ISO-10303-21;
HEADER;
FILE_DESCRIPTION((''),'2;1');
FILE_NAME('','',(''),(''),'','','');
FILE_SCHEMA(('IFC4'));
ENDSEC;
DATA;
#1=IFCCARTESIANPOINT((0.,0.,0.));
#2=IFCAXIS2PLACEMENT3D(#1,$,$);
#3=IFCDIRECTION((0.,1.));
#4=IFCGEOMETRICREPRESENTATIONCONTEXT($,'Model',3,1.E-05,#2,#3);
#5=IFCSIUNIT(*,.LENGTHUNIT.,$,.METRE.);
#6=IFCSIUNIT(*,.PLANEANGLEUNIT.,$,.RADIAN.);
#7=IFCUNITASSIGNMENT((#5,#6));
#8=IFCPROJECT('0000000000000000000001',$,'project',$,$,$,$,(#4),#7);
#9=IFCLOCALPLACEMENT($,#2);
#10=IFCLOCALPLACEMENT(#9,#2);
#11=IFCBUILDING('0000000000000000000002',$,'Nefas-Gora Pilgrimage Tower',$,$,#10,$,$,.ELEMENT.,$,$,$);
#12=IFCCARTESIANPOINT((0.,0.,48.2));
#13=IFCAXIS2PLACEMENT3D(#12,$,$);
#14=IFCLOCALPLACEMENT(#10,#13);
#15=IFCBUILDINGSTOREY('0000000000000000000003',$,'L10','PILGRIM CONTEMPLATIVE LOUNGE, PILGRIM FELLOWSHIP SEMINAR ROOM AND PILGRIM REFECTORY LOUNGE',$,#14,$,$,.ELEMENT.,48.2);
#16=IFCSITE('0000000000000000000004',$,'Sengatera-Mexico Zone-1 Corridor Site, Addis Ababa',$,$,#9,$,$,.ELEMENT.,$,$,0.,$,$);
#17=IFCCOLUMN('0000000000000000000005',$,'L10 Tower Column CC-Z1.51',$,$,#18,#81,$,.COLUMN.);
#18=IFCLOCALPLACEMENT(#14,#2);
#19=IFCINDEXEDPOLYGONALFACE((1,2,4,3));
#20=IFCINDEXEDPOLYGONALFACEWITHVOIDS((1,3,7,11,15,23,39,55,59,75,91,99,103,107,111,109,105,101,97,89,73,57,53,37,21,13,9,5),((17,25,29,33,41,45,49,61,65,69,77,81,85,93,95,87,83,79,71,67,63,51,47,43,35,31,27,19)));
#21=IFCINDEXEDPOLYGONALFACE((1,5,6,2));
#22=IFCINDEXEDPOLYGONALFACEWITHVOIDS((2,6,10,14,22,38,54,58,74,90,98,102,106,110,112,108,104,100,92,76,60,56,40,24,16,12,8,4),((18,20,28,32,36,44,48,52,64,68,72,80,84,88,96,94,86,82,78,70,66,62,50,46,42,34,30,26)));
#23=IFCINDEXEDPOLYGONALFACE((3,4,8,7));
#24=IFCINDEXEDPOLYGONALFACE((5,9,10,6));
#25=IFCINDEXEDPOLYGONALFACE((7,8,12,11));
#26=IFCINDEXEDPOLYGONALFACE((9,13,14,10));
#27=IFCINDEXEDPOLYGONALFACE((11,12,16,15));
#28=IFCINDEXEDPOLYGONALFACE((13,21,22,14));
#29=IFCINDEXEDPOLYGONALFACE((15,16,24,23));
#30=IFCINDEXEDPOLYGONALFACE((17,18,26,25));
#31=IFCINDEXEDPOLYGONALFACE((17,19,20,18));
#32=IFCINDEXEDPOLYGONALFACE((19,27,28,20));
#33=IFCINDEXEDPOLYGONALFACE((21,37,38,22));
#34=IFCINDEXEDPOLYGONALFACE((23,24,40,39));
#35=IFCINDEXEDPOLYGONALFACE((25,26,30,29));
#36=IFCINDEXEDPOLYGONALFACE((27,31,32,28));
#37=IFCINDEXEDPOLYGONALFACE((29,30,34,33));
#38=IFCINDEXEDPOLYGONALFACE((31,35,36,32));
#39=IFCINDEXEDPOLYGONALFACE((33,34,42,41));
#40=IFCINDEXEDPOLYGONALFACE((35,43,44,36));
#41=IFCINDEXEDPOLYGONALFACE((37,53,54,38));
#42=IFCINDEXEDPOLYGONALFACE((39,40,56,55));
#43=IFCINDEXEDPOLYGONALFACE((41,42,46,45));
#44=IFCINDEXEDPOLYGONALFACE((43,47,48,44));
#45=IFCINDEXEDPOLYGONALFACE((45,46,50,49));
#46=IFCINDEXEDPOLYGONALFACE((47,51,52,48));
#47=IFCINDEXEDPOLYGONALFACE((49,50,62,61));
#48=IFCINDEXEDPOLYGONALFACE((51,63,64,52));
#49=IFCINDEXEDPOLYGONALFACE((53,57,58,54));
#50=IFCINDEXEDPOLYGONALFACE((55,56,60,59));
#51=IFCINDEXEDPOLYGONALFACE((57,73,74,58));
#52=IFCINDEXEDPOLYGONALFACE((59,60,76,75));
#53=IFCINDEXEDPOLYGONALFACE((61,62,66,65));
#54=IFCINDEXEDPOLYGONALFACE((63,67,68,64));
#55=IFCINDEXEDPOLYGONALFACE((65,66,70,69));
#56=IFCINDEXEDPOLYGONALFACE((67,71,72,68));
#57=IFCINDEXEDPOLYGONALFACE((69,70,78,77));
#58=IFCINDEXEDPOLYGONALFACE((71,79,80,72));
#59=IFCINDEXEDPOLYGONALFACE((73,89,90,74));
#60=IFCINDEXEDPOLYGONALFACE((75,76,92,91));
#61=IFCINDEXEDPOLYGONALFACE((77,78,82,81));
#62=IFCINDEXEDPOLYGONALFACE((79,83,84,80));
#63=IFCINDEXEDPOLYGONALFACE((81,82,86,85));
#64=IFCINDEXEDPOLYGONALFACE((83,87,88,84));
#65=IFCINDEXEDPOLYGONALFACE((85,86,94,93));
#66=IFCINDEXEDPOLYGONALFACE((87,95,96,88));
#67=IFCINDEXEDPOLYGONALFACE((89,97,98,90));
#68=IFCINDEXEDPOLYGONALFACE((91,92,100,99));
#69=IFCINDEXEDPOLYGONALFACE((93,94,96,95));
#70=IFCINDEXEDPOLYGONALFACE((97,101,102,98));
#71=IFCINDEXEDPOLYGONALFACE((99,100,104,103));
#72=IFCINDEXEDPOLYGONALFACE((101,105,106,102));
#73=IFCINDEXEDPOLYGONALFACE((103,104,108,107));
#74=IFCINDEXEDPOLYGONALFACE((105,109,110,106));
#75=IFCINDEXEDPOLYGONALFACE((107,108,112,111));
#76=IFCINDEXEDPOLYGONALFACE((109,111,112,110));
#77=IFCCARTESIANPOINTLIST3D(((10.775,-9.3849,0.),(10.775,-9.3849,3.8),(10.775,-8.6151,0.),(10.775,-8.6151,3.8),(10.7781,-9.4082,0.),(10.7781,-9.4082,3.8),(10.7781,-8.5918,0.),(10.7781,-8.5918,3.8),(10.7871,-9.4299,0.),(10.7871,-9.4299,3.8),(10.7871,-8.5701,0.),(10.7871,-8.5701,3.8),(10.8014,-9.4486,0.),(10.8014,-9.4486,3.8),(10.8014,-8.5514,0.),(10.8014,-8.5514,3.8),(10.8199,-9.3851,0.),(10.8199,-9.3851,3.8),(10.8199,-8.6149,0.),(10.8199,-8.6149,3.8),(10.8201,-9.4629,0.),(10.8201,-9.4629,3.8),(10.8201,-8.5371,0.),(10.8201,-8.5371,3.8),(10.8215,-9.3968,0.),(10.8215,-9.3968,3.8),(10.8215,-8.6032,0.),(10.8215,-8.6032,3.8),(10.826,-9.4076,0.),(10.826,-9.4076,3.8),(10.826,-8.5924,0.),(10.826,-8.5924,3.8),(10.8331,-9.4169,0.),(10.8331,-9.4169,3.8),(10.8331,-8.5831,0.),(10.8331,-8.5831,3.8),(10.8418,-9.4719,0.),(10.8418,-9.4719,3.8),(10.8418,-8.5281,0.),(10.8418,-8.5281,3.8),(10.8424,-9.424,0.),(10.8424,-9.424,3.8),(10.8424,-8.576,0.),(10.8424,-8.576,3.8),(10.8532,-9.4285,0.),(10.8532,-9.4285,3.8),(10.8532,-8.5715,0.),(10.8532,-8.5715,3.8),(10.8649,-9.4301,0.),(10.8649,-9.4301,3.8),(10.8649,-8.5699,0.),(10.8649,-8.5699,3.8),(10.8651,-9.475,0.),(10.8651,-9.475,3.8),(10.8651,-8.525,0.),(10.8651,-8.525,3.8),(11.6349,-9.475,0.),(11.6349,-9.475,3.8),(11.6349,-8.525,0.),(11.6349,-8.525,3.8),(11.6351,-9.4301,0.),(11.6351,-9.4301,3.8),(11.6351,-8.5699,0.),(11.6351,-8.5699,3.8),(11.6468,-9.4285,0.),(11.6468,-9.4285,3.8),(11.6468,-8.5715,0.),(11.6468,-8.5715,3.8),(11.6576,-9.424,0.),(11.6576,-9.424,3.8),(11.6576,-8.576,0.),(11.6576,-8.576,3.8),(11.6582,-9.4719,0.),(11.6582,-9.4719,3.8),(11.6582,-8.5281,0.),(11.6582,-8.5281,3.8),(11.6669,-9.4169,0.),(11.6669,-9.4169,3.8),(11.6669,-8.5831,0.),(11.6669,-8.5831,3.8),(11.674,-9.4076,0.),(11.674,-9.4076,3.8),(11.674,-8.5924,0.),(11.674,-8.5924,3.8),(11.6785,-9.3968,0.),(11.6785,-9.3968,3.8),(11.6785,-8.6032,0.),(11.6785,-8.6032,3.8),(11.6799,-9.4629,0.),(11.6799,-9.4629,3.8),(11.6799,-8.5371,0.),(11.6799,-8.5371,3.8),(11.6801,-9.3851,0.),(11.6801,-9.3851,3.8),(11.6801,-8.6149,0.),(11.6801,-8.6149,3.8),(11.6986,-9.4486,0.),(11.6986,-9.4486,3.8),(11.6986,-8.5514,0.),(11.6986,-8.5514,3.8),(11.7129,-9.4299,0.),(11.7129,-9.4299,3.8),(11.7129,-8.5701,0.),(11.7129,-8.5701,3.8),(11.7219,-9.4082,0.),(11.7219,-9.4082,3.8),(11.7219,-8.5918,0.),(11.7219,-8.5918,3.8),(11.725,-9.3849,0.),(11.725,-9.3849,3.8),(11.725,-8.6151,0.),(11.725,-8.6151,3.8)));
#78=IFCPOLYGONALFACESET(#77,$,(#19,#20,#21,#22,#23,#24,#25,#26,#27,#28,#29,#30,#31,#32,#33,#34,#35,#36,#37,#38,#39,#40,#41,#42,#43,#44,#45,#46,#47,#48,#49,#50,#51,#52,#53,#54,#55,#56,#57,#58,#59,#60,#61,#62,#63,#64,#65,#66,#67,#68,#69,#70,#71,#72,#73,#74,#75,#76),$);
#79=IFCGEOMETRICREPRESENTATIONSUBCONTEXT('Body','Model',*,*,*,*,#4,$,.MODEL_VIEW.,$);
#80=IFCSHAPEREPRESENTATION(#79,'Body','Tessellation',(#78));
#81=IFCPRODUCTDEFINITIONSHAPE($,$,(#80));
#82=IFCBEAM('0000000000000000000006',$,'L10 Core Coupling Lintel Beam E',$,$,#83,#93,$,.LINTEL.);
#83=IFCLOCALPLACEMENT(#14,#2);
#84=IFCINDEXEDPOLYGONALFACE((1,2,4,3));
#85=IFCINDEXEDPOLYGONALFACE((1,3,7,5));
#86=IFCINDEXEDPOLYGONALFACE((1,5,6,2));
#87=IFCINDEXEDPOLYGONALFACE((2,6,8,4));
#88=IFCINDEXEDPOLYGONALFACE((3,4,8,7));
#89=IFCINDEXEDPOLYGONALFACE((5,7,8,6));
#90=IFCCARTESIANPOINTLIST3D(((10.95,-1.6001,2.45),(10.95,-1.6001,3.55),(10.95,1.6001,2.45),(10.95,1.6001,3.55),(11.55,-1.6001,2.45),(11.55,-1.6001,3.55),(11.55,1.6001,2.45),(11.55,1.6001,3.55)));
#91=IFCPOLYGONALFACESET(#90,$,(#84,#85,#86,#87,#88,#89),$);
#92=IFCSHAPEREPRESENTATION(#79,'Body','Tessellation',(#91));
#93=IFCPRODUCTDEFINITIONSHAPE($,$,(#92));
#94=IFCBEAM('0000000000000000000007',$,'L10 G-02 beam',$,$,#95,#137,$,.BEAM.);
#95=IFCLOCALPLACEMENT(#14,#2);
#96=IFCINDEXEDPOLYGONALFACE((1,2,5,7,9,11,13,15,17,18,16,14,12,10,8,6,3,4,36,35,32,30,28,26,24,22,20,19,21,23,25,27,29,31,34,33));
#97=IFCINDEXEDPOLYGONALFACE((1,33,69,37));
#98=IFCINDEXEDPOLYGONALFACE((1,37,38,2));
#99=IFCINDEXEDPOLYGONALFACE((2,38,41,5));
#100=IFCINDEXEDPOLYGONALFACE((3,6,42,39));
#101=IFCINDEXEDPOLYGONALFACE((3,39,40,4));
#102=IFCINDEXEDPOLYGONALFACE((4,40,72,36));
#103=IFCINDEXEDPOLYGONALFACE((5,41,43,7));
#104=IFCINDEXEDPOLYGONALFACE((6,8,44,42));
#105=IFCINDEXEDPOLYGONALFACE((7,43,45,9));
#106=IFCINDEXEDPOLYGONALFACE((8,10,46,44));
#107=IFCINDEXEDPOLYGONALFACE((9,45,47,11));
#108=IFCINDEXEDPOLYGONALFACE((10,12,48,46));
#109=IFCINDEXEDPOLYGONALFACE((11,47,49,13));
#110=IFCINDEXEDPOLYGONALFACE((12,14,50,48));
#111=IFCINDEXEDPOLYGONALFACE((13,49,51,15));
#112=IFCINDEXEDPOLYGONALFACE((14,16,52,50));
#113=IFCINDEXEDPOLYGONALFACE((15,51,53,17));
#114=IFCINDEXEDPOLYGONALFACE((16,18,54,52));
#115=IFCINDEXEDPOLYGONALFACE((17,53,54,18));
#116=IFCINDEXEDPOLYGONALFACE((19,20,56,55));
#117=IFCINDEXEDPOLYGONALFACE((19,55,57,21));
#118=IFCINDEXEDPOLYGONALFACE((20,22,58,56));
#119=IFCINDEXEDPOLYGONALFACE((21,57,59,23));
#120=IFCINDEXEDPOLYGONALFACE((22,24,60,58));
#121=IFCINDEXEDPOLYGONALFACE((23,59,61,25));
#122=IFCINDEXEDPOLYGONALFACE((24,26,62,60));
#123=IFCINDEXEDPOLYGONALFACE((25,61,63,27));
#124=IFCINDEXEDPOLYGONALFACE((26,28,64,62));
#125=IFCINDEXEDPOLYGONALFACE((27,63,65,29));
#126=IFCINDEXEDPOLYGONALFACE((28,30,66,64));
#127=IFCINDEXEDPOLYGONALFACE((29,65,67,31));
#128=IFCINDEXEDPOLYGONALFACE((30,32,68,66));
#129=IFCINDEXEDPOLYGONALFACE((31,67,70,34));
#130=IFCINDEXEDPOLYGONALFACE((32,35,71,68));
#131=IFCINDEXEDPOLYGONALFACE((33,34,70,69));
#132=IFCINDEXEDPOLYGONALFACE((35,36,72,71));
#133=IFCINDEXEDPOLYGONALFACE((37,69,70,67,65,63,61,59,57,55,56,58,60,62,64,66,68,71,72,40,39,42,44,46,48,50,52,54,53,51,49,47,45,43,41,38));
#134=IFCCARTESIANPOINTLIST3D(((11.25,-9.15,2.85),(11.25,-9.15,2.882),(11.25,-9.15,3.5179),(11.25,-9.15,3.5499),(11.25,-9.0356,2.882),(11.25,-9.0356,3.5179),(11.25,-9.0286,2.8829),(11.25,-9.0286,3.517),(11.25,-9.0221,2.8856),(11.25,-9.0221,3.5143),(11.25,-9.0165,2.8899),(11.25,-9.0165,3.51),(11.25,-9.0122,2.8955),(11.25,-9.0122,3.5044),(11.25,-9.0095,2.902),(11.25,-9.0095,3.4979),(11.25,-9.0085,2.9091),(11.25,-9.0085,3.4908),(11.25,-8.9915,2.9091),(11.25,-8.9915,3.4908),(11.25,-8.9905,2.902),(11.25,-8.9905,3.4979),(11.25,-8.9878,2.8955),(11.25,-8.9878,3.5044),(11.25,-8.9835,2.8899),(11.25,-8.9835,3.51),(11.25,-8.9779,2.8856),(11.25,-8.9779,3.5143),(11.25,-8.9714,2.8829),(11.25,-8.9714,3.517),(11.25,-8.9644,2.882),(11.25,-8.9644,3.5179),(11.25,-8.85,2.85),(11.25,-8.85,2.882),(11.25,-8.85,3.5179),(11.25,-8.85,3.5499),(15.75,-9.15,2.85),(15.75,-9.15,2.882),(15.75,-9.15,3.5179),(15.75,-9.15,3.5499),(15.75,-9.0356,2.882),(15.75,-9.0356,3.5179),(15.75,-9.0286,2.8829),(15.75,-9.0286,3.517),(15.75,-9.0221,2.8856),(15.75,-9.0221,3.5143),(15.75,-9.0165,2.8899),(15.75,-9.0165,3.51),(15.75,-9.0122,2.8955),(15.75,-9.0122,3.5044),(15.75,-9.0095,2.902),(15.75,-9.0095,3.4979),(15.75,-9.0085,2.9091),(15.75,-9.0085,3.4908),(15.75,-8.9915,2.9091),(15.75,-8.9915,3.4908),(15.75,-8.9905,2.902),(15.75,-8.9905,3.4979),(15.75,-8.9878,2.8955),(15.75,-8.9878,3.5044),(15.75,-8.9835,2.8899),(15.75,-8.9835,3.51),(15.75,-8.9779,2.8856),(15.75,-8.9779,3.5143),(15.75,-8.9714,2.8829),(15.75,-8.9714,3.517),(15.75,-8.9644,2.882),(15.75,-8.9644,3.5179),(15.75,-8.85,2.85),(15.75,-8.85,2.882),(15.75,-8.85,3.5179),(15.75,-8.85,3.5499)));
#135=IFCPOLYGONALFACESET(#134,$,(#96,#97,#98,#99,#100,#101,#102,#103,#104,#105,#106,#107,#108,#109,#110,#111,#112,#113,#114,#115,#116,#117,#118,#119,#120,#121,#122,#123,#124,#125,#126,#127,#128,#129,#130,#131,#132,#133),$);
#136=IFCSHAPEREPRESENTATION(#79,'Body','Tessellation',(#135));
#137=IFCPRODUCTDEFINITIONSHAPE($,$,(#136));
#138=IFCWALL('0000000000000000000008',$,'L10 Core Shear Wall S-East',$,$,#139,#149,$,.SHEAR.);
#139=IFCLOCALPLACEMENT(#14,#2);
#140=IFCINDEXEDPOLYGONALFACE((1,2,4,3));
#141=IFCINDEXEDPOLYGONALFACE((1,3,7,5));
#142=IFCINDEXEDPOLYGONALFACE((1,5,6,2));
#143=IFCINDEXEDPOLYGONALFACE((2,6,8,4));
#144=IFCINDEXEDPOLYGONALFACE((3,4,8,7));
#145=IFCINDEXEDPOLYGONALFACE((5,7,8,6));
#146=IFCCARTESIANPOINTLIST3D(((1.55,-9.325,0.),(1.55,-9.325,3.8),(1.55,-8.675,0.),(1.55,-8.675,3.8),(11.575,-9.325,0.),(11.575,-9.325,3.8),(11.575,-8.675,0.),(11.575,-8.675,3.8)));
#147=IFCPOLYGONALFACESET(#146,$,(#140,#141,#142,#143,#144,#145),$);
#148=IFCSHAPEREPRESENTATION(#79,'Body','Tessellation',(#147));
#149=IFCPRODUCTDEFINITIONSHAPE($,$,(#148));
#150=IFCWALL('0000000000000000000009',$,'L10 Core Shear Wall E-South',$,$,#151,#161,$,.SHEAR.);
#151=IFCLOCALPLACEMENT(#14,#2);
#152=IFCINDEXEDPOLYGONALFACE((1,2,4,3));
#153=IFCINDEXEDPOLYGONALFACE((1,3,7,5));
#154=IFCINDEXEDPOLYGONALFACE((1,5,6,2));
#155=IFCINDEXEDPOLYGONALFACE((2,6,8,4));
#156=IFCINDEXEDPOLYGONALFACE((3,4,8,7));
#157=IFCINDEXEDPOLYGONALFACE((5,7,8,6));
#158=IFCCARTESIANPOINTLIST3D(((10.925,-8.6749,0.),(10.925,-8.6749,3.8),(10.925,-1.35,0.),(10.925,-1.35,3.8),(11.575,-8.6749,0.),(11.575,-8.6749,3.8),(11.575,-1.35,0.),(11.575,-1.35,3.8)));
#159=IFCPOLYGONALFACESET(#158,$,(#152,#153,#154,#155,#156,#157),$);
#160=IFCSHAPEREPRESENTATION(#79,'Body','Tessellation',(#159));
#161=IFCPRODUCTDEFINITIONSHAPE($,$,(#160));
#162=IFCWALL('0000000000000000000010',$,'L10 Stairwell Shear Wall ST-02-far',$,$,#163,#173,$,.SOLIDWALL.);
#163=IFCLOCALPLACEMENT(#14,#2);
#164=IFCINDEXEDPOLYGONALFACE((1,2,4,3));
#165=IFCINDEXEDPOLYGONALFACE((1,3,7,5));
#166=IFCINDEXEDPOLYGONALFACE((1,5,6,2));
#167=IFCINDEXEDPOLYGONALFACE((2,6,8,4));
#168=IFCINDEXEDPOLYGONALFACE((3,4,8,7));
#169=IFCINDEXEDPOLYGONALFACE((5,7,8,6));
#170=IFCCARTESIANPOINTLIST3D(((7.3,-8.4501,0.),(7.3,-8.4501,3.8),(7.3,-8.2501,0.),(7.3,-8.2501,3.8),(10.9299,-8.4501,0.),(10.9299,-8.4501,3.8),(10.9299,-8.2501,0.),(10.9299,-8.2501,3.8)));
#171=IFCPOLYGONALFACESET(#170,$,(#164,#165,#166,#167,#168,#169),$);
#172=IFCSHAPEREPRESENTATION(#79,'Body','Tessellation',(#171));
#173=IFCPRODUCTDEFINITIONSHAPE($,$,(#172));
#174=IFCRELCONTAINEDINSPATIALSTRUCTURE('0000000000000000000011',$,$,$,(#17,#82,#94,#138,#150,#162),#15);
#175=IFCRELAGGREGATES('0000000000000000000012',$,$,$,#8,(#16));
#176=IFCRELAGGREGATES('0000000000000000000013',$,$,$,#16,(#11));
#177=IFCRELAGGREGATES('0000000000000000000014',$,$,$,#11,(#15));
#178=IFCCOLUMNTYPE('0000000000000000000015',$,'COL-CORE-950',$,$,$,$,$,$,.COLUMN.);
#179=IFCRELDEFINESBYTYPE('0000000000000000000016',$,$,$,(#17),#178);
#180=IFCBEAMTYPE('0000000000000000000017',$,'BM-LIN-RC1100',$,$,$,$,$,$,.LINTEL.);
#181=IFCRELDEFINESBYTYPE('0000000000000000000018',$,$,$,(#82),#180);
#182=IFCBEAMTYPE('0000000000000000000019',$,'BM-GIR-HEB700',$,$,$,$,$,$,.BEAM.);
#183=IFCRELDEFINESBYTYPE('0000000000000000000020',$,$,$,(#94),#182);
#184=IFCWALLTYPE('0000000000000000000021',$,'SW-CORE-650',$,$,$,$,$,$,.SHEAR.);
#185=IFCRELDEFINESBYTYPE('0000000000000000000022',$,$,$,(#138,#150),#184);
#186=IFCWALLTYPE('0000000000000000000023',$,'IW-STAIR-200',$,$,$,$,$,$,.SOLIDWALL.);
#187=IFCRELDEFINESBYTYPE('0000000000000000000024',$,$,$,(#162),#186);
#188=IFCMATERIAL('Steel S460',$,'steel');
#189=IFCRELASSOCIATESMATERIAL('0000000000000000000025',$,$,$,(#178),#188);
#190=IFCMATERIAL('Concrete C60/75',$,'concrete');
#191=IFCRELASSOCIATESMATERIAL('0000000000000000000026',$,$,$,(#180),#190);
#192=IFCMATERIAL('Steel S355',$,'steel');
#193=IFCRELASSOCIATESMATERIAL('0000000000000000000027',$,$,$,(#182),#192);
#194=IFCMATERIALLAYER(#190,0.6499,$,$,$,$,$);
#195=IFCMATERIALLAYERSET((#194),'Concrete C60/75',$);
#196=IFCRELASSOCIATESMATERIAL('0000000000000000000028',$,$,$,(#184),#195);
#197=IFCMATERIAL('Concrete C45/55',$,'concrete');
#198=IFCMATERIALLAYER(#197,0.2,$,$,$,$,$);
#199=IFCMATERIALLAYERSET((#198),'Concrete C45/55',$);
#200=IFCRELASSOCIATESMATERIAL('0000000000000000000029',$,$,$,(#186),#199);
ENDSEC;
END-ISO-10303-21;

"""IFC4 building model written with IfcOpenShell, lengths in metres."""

from ifc_helpers import new_model, si_unit, direction, frame, frame_2d, origin, origin_2d, place, context, subcontext, project, spatial, rectangle, hollow_rectangle, i_section, extrude, source, transform, mapped, material, layer, layer_set, material_profile, profile_set, type_object, element, save


model = new_model("IFC4")

# Units and contexts
model_context = context("Model", 3, precision=1e-05, world=origin(), true_north=direction((0.0, 1.0)))
body_context = subcontext(model_context, "Body", "Model", "MODEL_VIEW")
ifc_project = project(units=[si_unit("LENGTHUNIT", "METRE"), si_unit("PLANEANGLEUNIT", "RADIAN")], contexts=[model_context])

# Site, building, storey
site_placement = place(None, origin())
site = spatial("IfcSite", under=ifc_project, at=site_placement, Name="Sengatera-Mexico Zone-1 Corridor Site, Addis Ababa", CompositionType="ELEMENT", RefElevation=0.0)
building_placement = place(site_placement, origin())
building = spatial("IfcBuilding", under=site, at=building_placement, Name="Nefas-Gora Pilgrimage Tower", CompositionType="ELEMENT")
storey_placement = place(building_placement, frame((0.0, 0.0, 48.2)))
storey = spatial("IfcBuildingStorey", under=building, at=storey_placement, Name="L10", Description="PILGRIM CONTEMPLATIVE LOUNGE, PILGRIM FELLOWSHIP SEMINAR ROOM AND PILGRIM REFECTORY LOUNGE", CompositionType="ELEMENT", Elevation=48.2)

# Column
ifc_material_1 = material(Name="Steel S460", Category="steel")
ifc_material_profile_1 = material_profile(ifc_material_1, hollow_rectangle(XDim=0.95, YDim=0.95, WallThickness=0.0449, InnerFilletRadius=0.0449, OuterFilletRadius=0.0901, at=origin_2d()), Name="BOX 950x950x45")
ifc_profile_set_1 = profile_set([ifc_material_profile_1], Name="Steel S460")
column_type = type_object("IfcColumnType", Name="COL-CORE-950", PredefinedType="COLUMN", material=ifc_profile_set_1)
shared_shape_1 = source(origin(), body_context, "Body", "SweptSolid", [
    extrude(hollow_rectangle(XDim=0.95, YDim=0.95, WallThickness=0.0449, InnerFilletRadius=0.0449, OuterFilletRadius=0.0901, at=origin_2d()), origin(), (0.0, 0.0, 1.0), 3.8),
])
column_placement = place(storey_placement, frame((11.25, -9.0, 0.0), z_axis=(0.0, 0.0, 1.0), x_axis=(1.0, 0.0, 0.0)))
element("IfcColumn", 1, at=column_placement, inside=storey, type_object=column_type, Name="L10 Tower Column CC-Z1.51", PredefinedType="COLUMN", context=body_context, shape_type="MappedRepresentation", body=[
    mapped(shared_shape_1, transform((0.0, 0.0, 0.0), x_axis=(1.0, 0.0, 0.0), y_axis=(0.0, 1.0, 0.0), z_axis=(0.0, 0.0, 1.0), scale=1.0)),
])

# Beams
ifc_material_2 = material(Name="Concrete C60/75", Category="concrete")
ifc_material_profile_2 = material_profile(ifc_material_2, rectangle(XDim=0.6001, YDim=1.1001, at=origin_2d()), Name="RC 600x1100")
ifc_profile_set_2 = profile_set([ifc_material_profile_2], Name="Concrete C60/75")
beam_type_1 = type_object("IfcBeamType", Name="BM-LIN-RC1100", PredefinedType="LINTEL", material=ifc_profile_set_2)
shared_shape_2 = source(origin(), body_context, "Body", "SweptSolid", [
    extrude(rectangle(XDim=0.6001, YDim=1.1001, at=origin_2d()), origin(), (0.0, 0.0, 1.0), 3.2002),
])
beam_1_placement = place(storey_placement, frame((11.25, -1.6001, 3.0), z_axis=(0.0, 1.0, 0.0), x_axis=(-1.0, 0.0, 0.0)))
element("IfcBeam", 2, at=beam_1_placement, inside=storey, type_object=beam_type_1, Name="L10 Core Coupling Lintel Beam E", PredefinedType="LINTEL", context=body_context, shape_type="MappedRepresentation", body=[
    mapped(shared_shape_2, transform((0.0, 0.0, 0.0), x_axis=(1.0, 0.0, 0.0), y_axis=(0.0, 1.0, 0.0), z_axis=(0.0, 0.0, 1.0), scale=1.0)),
])
ifc_material_3 = material(Name="Steel S355", Category="steel")
ifc_material_profile_3 = material_profile(ifc_material_3, i_section(OverallWidth=0.3, OverallDepth=0.7, WebThickness=0.0171, FlangeThickness=0.032, FilletRadius=0.0271, at=origin_2d()), Name="HEB 700")
ifc_profile_set_3 = profile_set([ifc_material_profile_3], Name="Steel S355")
beam_type_2 = type_object("IfcBeamType", Name="BM-GIR-HEB700", PredefinedType="BEAM", material=ifc_profile_set_3)
shared_shape_3 = source(origin(), body_context, "Body", "SweptSolid", [
    extrude(i_section(OverallWidth=0.3, OverallDepth=0.7, WebThickness=0.0171, FlangeThickness=0.032, FilletRadius=0.0271, at=origin_2d()), origin(), (0.0, 0.0, 1.0), 4.5),
])
beam_2_placement = place(storey_placement, frame((11.25, -9.0, 3.2), z_axis=(1.0, 0.0, 0.0), x_axis=(0.0, 1.0, 0.0)))
element("IfcBeam", 3, at=beam_2_placement, inside=storey, type_object=beam_type_2, Name="L10 G-02 beam", PredefinedType="BEAM", context=body_context, shape_type="MappedRepresentation", body=[
    mapped(shared_shape_3, transform((0.0, 0.0, 0.0), x_axis=(1.0, 0.0, 0.0), y_axis=(0.0, 1.0, 0.0), z_axis=(0.0, 0.0, 1.0), scale=1.0)),
])

# Walls
ifc_layer_1 = layer(ifc_material_2, 0.6499)
ifc_layer_set_1 = layer_set([ifc_layer_1], Name="Concrete C60/75")
wall_type_1 = type_object("IfcWallType", Name="SW-CORE-650", PredefinedType="SHEAR", material=ifc_layer_set_1)
shared_shape_4 = source(origin(), body_context, "Body", "SweptSolid", [
    extrude(rectangle(XDim=10.0249, YDim=0.6499, at=frame_2d((5.0125, 0.0))), origin(), (0.0, 0.0, 1.0), 3.8),
])
wall_1_placement = place(storey_placement, frame((1.55, -9.0, 0.0), z_axis=(0.0, 0.0, 1.0), x_axis=(1.0, 0.0, 0.0)))
element("IfcWall", 4, at=wall_1_placement, inside=storey, type_object=wall_type_1, Name="L10 Core Shear Wall S-East", PredefinedType="SHEAR", context=body_context, shape_type="MappedRepresentation", body=[
    mapped(shared_shape_4, transform((0.0, 0.0, 0.0), x_axis=(1.0, 0.0, 0.0), y_axis=(0.0, 1.0, 0.0), z_axis=(0.0, 0.0, 1.0), scale=1.0)),
])
shared_shape_5 = source(origin(), body_context, "Body", "SweptSolid", [
    extrude(rectangle(XDim=7.325, YDim=0.6499, at=frame_2d((3.6626, 0.0))), origin(), (0.0, 0.0, 1.0), 3.8),
])
wall_2_placement = place(storey_placement, frame((11.25, -8.675, 0.0), z_axis=(0.0, 0.0, 1.0), x_axis=(0.0, 1.0, 0.0)))
element("IfcWall", 5, at=wall_2_placement, inside=storey, type_object=wall_type_1, Name="L10 Core Shear Wall E-South", PredefinedType="SHEAR", context=body_context, shape_type="MappedRepresentation", body=[
    mapped(shared_shape_5, transform((0.0, 0.0, 0.0), x_axis=(1.0, 0.0, 0.0), y_axis=(0.0, 1.0, 0.0), z_axis=(0.0, 0.0, 1.0), scale=1.0)),
])
ifc_material_4 = material(Name="Concrete C45/55", Category="concrete")
ifc_layer_2 = layer(ifc_material_4, 0.2)
ifc_layer_set_2 = layer_set([ifc_layer_2], Name="Concrete C45/55")
wall_type_2 = type_object("IfcWallType", Name="IW-STAIR-200", PredefinedType="SOLIDWALL", material=ifc_layer_set_2)
shared_shape_6 = source(origin(), body_context, "Body", "SweptSolid", [
    extrude(rectangle(XDim=3.6299, YDim=0.2, at=frame_2d((1.8149, 0.0))), origin(), (0.0, 0.0, 1.0), 3.8),
])
wall_3_placement = place(storey_placement, frame((7.3, -8.3501, 0.0), z_axis=(0.0, 0.0, 1.0), x_axis=(1.0, 0.0, 0.0)))
element("IfcWall", 6, at=wall_3_placement, inside=storey, type_object=wall_type_2, Name="L10 Stairwell Shear Wall ST-02-far", PredefinedType="SOLIDWALL", context=body_context, shape_type="MappedRepresentation", body=[
    mapped(shared_shape_6, transform((0.0, 0.0, 0.0), x_axis=(1.0, 0.0, 0.0), y_axis=(0.0, 1.0, 0.0), z_axis=(0.0, 0.0, 1.0), scale=1.0)),
])

save(model, "model.ifc")
